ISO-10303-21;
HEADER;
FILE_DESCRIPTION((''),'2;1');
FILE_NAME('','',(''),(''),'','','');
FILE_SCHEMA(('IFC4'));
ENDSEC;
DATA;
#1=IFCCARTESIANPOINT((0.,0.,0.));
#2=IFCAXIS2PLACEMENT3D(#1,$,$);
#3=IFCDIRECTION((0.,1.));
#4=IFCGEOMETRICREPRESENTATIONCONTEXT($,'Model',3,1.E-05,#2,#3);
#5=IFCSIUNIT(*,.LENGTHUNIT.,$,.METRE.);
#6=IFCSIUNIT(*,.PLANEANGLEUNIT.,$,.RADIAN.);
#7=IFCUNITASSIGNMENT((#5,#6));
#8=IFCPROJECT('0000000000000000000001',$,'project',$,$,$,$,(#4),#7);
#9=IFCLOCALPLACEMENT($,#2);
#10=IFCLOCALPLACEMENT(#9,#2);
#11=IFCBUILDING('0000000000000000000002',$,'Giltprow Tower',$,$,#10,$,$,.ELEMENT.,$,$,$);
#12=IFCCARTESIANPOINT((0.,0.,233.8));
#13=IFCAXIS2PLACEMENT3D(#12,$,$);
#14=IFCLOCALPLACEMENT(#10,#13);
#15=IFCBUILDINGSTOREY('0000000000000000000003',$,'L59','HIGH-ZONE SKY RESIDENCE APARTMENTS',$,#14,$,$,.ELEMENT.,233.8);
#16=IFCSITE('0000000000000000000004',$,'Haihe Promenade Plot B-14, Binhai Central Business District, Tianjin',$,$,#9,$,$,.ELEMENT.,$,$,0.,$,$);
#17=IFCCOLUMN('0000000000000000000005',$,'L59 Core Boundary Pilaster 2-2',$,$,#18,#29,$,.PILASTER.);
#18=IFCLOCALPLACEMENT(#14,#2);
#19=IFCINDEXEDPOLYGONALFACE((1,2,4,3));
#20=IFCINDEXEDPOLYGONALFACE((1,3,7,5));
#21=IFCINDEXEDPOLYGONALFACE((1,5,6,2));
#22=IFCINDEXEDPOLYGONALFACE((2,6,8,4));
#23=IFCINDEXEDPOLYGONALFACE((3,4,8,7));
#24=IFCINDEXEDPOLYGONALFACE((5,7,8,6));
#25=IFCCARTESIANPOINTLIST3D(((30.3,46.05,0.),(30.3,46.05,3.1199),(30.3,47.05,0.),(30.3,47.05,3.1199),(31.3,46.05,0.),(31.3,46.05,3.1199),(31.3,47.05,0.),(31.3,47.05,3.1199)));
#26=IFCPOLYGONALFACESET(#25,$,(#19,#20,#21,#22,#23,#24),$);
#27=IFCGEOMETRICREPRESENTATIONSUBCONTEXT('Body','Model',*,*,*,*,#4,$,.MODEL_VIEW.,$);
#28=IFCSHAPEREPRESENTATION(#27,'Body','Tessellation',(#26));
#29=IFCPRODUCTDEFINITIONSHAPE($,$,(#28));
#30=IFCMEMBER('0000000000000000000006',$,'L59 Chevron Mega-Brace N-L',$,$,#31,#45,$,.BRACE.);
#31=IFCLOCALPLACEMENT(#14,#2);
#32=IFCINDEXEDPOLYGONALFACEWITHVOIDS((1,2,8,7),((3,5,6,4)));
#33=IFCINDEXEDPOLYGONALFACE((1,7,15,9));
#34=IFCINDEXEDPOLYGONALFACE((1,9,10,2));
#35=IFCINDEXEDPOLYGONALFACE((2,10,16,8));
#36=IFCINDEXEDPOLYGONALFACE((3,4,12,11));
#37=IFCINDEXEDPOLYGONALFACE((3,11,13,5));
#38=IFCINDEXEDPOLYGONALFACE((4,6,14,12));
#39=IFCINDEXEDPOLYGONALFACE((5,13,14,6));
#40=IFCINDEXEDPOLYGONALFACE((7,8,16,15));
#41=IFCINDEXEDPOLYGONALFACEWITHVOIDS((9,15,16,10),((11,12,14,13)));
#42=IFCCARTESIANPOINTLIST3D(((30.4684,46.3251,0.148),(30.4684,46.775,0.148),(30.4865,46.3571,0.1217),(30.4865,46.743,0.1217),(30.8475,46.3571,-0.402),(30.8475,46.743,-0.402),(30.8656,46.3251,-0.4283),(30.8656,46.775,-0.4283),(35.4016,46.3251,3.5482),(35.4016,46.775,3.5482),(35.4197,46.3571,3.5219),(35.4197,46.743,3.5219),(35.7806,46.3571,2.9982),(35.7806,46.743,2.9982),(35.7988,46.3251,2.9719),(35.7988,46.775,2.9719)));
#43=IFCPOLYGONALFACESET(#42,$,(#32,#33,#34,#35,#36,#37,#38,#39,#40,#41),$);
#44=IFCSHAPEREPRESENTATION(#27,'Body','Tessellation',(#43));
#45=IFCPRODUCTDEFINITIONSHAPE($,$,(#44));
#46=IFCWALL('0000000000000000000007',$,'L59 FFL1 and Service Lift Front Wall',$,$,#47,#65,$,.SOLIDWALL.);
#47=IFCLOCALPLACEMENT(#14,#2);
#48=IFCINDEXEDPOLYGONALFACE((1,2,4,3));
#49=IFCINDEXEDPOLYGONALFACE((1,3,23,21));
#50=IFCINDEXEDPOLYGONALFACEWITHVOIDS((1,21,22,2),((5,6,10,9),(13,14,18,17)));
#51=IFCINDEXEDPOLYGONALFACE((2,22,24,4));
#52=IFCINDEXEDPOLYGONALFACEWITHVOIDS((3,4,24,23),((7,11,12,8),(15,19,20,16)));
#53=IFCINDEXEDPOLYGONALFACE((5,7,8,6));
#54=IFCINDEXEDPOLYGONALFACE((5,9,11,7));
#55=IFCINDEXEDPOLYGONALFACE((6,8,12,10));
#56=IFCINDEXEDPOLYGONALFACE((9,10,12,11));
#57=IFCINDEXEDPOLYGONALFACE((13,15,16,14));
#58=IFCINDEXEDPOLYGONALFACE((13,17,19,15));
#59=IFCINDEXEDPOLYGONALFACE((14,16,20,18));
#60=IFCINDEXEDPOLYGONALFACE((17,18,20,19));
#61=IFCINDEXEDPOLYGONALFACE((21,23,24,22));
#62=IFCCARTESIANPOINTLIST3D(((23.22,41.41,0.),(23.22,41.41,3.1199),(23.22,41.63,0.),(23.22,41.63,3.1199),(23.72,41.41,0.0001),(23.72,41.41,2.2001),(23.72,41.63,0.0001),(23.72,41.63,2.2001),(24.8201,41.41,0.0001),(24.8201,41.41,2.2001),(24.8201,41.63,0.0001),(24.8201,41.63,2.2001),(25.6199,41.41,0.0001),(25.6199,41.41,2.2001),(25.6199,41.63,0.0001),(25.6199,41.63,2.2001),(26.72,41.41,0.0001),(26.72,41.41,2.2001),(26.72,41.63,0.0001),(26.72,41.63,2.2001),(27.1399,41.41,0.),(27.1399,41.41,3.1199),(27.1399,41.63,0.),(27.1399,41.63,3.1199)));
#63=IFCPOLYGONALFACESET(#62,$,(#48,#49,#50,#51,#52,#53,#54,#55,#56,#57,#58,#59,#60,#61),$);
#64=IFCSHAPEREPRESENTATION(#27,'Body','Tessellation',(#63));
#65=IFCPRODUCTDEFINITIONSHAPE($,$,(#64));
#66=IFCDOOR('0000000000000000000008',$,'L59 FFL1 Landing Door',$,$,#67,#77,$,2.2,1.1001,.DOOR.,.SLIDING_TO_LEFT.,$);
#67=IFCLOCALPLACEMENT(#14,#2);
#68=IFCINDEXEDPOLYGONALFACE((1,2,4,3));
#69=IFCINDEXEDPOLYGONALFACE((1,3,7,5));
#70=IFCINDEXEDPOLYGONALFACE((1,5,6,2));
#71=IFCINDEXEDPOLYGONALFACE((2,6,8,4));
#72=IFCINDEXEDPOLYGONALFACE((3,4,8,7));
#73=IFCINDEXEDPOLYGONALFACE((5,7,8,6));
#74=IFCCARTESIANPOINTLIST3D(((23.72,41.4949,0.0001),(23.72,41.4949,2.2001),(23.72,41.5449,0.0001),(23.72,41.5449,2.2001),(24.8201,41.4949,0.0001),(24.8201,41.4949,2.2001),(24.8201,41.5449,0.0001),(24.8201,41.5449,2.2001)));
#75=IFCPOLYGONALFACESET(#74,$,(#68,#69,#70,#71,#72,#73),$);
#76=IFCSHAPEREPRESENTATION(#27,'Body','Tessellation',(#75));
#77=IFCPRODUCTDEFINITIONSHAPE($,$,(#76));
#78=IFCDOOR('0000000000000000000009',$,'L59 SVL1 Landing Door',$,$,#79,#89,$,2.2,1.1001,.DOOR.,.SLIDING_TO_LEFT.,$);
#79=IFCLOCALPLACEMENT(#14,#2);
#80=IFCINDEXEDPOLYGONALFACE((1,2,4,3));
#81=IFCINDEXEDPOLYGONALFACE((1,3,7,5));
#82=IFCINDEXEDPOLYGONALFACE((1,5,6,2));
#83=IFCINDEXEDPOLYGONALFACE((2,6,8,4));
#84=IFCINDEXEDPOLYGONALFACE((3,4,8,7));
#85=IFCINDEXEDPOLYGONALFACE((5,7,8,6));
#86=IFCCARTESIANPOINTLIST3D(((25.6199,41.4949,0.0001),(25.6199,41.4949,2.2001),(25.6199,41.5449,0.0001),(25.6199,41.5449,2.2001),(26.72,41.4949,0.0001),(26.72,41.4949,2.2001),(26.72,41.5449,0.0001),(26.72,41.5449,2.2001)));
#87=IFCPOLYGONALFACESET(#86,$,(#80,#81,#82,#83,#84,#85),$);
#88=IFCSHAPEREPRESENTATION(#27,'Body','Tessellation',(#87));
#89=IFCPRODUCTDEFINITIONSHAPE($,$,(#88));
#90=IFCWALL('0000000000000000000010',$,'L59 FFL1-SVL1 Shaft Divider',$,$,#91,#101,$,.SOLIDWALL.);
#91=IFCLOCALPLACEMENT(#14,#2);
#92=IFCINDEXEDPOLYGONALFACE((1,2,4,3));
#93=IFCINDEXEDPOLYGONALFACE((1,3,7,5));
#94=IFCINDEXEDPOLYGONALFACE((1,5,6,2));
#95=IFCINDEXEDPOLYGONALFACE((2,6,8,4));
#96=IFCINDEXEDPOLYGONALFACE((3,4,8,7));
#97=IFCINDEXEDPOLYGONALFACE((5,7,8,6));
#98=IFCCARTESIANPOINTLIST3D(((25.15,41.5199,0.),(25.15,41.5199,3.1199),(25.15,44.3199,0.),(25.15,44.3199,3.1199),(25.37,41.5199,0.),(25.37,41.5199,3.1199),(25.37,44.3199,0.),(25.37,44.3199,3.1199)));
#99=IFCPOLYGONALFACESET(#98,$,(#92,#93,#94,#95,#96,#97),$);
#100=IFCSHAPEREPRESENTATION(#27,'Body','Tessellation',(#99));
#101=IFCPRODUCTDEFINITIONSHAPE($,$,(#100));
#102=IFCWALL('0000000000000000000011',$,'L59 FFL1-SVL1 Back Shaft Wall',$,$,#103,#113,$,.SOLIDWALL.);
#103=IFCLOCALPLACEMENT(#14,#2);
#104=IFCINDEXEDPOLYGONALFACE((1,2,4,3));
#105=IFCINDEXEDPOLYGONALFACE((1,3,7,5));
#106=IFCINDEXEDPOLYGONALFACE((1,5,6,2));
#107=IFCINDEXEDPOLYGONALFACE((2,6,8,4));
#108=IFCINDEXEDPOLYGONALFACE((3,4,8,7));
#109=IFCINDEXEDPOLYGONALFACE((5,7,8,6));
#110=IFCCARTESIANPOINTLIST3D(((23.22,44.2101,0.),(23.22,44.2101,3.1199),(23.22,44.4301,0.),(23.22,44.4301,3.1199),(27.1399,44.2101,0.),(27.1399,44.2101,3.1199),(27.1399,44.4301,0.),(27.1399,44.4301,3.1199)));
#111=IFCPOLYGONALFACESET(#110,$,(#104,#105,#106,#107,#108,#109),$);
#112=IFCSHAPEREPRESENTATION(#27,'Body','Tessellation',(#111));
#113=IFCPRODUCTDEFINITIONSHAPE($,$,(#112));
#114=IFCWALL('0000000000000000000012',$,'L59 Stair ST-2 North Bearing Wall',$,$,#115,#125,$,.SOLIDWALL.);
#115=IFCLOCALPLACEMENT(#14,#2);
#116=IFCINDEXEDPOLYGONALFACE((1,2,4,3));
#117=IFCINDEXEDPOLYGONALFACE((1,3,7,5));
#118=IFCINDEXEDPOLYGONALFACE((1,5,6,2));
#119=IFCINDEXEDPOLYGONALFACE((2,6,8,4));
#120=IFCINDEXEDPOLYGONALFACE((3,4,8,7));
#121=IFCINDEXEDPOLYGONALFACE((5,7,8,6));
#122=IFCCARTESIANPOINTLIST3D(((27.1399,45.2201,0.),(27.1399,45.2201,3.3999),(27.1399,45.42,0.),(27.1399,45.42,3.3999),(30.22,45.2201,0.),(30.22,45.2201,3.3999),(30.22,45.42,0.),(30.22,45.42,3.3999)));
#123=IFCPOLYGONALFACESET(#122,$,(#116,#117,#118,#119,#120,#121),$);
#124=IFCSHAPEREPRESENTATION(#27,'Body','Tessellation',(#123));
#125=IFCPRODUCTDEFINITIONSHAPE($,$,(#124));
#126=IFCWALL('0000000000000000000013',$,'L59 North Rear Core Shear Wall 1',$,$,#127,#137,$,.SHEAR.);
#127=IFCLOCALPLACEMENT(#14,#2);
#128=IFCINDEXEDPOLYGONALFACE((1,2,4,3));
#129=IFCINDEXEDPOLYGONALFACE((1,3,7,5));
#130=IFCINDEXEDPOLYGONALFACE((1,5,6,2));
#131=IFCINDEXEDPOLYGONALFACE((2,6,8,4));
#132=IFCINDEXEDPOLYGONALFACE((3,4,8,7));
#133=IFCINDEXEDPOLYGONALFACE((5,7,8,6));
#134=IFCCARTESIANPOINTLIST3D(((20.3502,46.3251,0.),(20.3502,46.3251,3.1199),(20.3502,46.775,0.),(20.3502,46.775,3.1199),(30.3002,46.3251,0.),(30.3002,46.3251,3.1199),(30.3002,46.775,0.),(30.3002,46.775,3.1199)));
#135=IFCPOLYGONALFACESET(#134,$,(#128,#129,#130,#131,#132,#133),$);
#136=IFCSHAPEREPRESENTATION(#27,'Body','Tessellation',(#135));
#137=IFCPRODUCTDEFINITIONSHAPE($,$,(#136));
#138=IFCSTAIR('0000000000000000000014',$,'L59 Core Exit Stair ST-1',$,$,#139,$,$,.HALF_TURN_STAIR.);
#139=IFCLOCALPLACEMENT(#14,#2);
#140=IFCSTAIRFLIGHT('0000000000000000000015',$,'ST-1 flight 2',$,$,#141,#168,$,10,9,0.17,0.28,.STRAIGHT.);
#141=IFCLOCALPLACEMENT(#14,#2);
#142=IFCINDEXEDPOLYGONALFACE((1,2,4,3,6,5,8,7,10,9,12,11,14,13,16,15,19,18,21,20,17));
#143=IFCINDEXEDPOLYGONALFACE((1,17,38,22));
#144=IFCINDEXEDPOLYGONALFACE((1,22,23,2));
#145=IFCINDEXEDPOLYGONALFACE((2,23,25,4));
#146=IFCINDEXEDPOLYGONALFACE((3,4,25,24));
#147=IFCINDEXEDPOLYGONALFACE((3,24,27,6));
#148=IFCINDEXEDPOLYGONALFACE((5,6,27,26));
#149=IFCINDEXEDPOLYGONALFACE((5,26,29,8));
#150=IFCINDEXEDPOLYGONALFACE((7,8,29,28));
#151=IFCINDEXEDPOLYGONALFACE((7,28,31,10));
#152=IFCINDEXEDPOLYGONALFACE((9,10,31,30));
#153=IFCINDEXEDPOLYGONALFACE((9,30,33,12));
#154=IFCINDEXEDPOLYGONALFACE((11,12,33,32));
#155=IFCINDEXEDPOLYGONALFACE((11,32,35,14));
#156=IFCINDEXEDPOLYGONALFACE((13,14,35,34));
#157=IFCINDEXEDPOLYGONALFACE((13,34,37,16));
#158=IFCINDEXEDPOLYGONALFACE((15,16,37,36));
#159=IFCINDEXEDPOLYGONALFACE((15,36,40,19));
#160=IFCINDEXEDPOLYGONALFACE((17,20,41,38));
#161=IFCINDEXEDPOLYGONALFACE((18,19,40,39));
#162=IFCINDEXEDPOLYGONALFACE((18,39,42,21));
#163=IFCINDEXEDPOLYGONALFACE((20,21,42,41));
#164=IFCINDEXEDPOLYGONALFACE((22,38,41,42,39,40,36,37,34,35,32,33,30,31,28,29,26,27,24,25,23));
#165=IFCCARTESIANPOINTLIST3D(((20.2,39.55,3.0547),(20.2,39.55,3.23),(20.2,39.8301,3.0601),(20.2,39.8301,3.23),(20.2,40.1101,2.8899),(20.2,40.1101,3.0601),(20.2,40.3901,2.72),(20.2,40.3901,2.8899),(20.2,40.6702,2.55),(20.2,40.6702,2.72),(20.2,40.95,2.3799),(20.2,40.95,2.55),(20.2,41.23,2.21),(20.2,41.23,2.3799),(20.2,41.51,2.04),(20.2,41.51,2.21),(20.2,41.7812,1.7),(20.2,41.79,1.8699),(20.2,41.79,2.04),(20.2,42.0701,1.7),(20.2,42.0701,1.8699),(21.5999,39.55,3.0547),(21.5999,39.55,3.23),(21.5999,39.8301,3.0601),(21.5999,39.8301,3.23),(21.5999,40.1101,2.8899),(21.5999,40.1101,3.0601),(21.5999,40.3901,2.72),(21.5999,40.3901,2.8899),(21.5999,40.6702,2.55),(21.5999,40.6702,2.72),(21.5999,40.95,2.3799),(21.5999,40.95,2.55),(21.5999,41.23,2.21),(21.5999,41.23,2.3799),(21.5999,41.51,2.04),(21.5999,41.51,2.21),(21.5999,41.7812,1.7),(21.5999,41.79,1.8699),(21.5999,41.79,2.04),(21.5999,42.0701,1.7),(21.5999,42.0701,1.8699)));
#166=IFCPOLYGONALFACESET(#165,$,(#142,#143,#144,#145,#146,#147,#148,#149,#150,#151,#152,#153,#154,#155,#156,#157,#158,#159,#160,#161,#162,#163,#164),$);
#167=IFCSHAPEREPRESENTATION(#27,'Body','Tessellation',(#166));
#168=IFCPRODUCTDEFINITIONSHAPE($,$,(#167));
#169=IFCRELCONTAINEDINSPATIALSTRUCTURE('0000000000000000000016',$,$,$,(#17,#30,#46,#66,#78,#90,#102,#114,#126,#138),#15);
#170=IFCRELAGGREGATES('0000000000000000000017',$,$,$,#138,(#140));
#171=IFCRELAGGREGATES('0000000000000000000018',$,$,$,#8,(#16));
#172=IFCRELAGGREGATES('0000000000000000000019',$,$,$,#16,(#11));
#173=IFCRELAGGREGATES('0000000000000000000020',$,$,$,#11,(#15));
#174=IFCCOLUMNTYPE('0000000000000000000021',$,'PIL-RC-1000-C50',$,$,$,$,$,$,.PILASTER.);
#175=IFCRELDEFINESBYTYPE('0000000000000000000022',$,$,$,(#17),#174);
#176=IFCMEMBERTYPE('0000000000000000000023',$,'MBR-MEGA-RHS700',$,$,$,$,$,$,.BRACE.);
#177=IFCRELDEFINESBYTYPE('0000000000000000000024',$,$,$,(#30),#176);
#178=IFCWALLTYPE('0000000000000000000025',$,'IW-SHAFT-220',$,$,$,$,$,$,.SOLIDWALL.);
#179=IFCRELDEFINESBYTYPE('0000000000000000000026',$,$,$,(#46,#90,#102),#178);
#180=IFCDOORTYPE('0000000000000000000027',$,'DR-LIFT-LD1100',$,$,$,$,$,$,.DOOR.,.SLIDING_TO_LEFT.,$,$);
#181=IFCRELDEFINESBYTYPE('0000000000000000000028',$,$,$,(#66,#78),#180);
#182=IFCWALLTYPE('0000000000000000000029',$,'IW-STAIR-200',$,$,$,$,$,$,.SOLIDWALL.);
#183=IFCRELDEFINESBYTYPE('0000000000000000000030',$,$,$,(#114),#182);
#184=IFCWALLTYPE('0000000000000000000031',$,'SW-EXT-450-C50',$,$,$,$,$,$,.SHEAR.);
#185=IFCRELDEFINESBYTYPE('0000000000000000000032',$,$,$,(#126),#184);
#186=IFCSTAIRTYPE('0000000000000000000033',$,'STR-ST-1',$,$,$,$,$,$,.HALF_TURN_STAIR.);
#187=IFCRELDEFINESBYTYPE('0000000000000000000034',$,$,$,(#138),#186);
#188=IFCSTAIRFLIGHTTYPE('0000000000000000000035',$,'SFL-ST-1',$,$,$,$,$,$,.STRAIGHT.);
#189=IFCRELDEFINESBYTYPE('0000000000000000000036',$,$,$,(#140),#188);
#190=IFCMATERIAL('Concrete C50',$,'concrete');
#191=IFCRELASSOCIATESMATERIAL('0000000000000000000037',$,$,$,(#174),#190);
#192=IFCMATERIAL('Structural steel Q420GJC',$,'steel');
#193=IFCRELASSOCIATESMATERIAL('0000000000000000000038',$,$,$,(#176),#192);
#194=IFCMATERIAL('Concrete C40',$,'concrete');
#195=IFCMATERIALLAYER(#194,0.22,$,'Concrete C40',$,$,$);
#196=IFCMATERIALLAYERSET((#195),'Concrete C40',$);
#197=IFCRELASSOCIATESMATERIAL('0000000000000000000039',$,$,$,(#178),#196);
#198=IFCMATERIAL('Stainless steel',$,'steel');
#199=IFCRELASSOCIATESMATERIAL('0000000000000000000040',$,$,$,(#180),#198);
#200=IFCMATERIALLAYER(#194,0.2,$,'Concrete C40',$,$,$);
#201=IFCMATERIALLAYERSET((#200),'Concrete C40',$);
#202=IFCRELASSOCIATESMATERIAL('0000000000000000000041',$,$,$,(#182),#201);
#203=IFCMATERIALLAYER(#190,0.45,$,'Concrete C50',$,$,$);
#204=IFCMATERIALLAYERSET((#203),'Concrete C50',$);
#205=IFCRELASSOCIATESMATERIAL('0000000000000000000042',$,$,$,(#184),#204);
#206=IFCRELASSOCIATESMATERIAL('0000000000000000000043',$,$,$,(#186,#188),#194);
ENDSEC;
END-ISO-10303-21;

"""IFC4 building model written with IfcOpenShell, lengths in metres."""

from ifc_helpers import new_model, si_unit, direction, frame, frame_2d, origin, origin_2d, place, context, subcontext, project, spatial, polyline, rectangle, hollow_rectangle, outline, extrude, source, transform, mapped, material, layer, layer_set, material_profile, profile_set, type_object, element, fill, aggregate, save


model = new_model("IFC4")

# Units and contexts
model_context = context("Model", 3, precision=1e-05, world=origin(), true_north=direction((0.0, 1.0)))
body_context = subcontext(model_context, "Body", "Model", "MODEL_VIEW")
ifc_project = project(units=[si_unit("LENGTHUNIT", "METRE"), si_unit("PLANEANGLEUNIT", "RADIAN")], contexts=[model_context])

# Site, building, storey
site_placement = place(None, origin())
site = spatial("IfcSite", under=ifc_project, at=site_placement, Name="Haihe Promenade Plot B-14, Binhai Central Business District, Tianjin", CompositionType="ELEMENT", RefElevation=0.0)
building_placement = place(site_placement, origin())
building = spatial("IfcBuilding", under=site, at=building_placement, Name="Giltprow Tower", CompositionType="ELEMENT")
storey_placement = place(building_placement, frame((0.0, 0.0, 233.8)))
storey = spatial("IfcBuildingStorey", under=building, at=storey_placement, Name="L59", Description="HIGH-ZONE SKY RESIDENCE APARTMENTS", CompositionType="ELEMENT", Elevation=233.8)

# Column
ifc_material_1 = material(Name="Concrete C50", Category="concrete")
ifc_material_profile_1 = material_profile(ifc_material_1, rectangle(XDim=1.0, YDim=1.0, at=origin_2d()), Name="RC 1000x1000")
ifc_profile_set_1 = profile_set([ifc_material_profile_1], Name="Concrete C50")
column_type = type_object("IfcColumnType", Name="PIL-RC-1000-C50", PredefinedType="PILASTER", material=ifc_profile_set_1)
shared_shape_1 = source(origin(), body_context, "Body", "SweptSolid", [
    extrude(rectangle(XDim=1.0, YDim=1.0, at=origin_2d()), origin(), (0.0, 0.0, 1.0), 3.1199),
])
column_placement = place(storey_placement, frame((30.8, 46.55, 0.0), z_axis=(0.0, 0.0, 1.0), x_axis=(1.0, 0.0, 0.0)))
element("IfcColumn", 1, at=column_placement, inside=storey, type_object=column_type, Name="L59 Core Boundary Pilaster 2-2", PredefinedType="PILASTER", context=body_context, shape_type="MappedRepresentation", body=[
    mapped(shared_shape_1, transform((0.0, 0.0, 0.0), x_axis=(1.0, 0.0, 0.0), y_axis=(0.0, 1.0, 0.0), z_axis=(0.0, 0.0, 1.0), scale=1.0)),
])

# Member
ifc_material_2 = material(Name="Structural steel Q420GJC", Category="steel")
ifc_material_profile_2 = material_profile(ifc_material_2, hollow_rectangle(XDim=0.45, YDim=0.7, WallThickness=0.032, at=origin_2d()), Name="RHS 700x450x32")
ifc_profile_set_2 = profile_set([ifc_material_profile_2], Name="Structural steel Q420GJC")
member_type = type_object("IfcMemberType", Name="MBR-MEGA-RHS700", PredefinedType="BRACE", material=ifc_profile_set_2)
shared_shape_2 = source(origin(), body_context, "Body", "SweptSolid", [
    extrude(hollow_rectangle(XDim=0.45, YDim=0.7, WallThickness=0.032, at=origin_2d()), origin(), (0.0, 0.0, 1.0), 5.9915),
])
member_placement = place(storey_placement, frame((30.667, 46.55, -0.1401), z_axis=(0.823368, 0.0, 0.567507), x_axis=(0.0, 1.0, 0.0)))
element("IfcMember", 2, at=member_placement, inside=storey, type_object=member_type, Name="L59 Chevron Mega-Brace N-L", PredefinedType="BRACE", context=body_context, shape_type="MappedRepresentation", body=[
    mapped(shared_shape_2, transform((0.0, 0.0, 0.0), x_axis=(1.0, 0.0, 0.0), y_axis=(0.0, 1.0, 0.0), z_axis=(0.0, 0.0, 1.0), scale=1.0)),
])

# Wall, openings, doors
ifc_material_3 = material(Name="Concrete C40", Category="concrete")
ifc_layer_1 = layer(ifc_material_3, 0.22, Name="Concrete C40")
ifc_layer_set_1 = layer_set([ifc_layer_1], Name="Concrete C40")
wall_type_1 = type_object("IfcWallType", Name="IW-SHAFT-220", PredefinedType="SOLIDWALL", material=ifc_layer_set_1)
wall_1_placement = place(storey_placement, frame((23.22, 41.52, 0.0), z_axis=(0.0, 0.0, 1.0), x_axis=(1.0, 0.0, 0.0)))
wall_1 = element("IfcWall", 3, at=wall_1_placement, inside=storey, type_object=wall_type_1, Name="L59 FFL1 and Service Lift Front Wall", PredefinedType="SOLIDWALL", context=body_context, shape_type="SweptSolid", body=[
    extrude(rectangle(XDim=3.9199, YDim=0.22, at=frame_2d((1.96, 0.0))), origin(), (0.0, 0.0, 1.0), 3.1199),
])
opening_1_placement = place(wall_1_placement, frame((0.5, 0.0, 0.0)))
opening_1 = element("IfcOpeningElement", 4, at=opening_1_placement, cuts=wall_1, PredefinedType="OPENING", context=body_context, shape_type="SweptSolid", body=[
    extrude(rectangle(XDim=1.1001, YDim=2.2, at=frame_2d((0.55, 1.1001))), frame((0.0, 0.1199, 0.0), z_axis=(0.0, -1.0, 0.0), x_axis=(1.0, 0.0, 0.0)), (0.0, 0.0, 1.0), 0.24),
])
opening_2_placement = place(wall_1_placement, frame((2.3999, 0.0, 0.0)))
opening_2 = element("IfcOpeningElement", 5, at=opening_2_placement, cuts=wall_1, PredefinedType="OPENING", context=body_context, shape_type="SweptSolid", body=[
    extrude(rectangle(XDim=1.1001, YDim=2.2, at=frame_2d((0.55, 1.1001))), frame((0.0, 0.1199, 0.0), z_axis=(0.0, -1.0, 0.0), x_axis=(1.0, 0.0, 0.0)), (0.0, 0.0, 1.0), 0.24),
])
ifc_material_4 = material(Name="Stainless steel", Category="steel")
door_type = type_object("IfcDoorType", Name="DR-LIFT-LD1100", OperationType="SLIDING_TO_LEFT", PredefinedType="DOOR", material=ifc_material_4)
shared_shape_3 = source(origin(), body_context, "Body", "SweptSolid", [
    extrude(rectangle(XDim=1.1001, YDim=2.2, at=frame_2d((0.55, 1.1001))), frame((0.0, 0.0249, 0.0), z_axis=(0.0, -1.0, 0.0), x_axis=(1.0, 0.0, 0.0)), (0.0, 0.0, 1.0), 0.05),
])
door_1_placement = place(opening_1_placement, origin())
door_1 = element("IfcDoor", 6, at=door_1_placement, inside=storey, type_object=door_type, Name="L59 FFL1 Landing Door", OperationType="SLIDING_TO_LEFT", OverallHeight=2.2, OverallWidth=1.1001, PredefinedType="DOOR", context=body_context, shape_type="MappedRepresentation", body=[
    mapped(shared_shape_3, transform((0.0, 0.0, 0.0), x_axis=(1.0, 0.0, 0.0), y_axis=(0.0, 1.0, 0.0), z_axis=(0.0, 0.0, 1.0), scale=1.0)),
])
fill(opening_1, door_1)
door_2_placement = place(opening_2_placement, origin())
door_2 = element("IfcDoor", 7, at=door_2_placement, inside=storey, type_object=door_type, Name="L59 SVL1 Landing Door", OperationType="SLIDING_TO_LEFT", OverallHeight=2.2, OverallWidth=1.1001, PredefinedType="DOOR", context=body_context, shape_type="MappedRepresentation", body=[
    mapped(shared_shape_3, transform((0.0, 0.0, 0.0), x_axis=(1.0, 0.0, 0.0), y_axis=(0.0, 1.0, 0.0), z_axis=(0.0, 0.0, 1.0), scale=1.0)),
])
fill(opening_2, door_2)

# Walls
wall_2_placement = place(storey_placement, frame((25.26, 41.52, 0.0), z_axis=(0.0, 0.0, 1.0), x_axis=(0.0, 1.0, 0.0)))
element("IfcWall", 8, at=wall_2_placement, inside=storey, type_object=wall_type_1, Name="L59 FFL1-SVL1 Shaft Divider", PredefinedType="SOLIDWALL", context=body_context, shape_type="SweptSolid", body=[
    extrude(rectangle(XDim=2.8, YDim=0.22, at=frame_2d((1.3999, 0.0))), origin(), (0.0, 0.0, 1.0), 3.1199),
])
wall_3_placement = place(storey_placement, frame((23.22, 44.3201, 0.0), z_axis=(0.0, 0.0, 1.0), x_axis=(1.0, 0.0, 0.0)))
element("IfcWall", 9, at=wall_3_placement, inside=storey, type_object=wall_type_1, Name="L59 FFL1-SVL1 Back Shaft Wall", PredefinedType="SOLIDWALL", context=body_context, shape_type="SweptSolid", body=[
    extrude(rectangle(XDim=3.9199, YDim=0.22, at=frame_2d((1.96, 0.0))), origin(), (0.0, 0.0, 1.0), 3.1199),
])
ifc_layer_2 = layer(ifc_material_3, 0.2, Name="Concrete C40")
ifc_layer_set_2 = layer_set([ifc_layer_2], Name="Concrete C40")
wall_type_2 = type_object("IfcWallType", Name="IW-STAIR-200", PredefinedType="SOLIDWALL", material=ifc_layer_set_2)
wall_4_placement = place(storey_placement, frame((27.1399, 45.3201, 0.0), z_axis=(0.0, 0.0, 1.0), x_axis=(1.0, 0.0, 0.0)))
element("IfcWall", 10, at=wall_4_placement, inside=storey, type_object=wall_type_2, Name="L59 Stair ST-2 North Bearing Wall", PredefinedType="SOLIDWALL", context=body_context, shape_type="SweptSolid", body=[
    extrude(rectangle(XDim=3.0801, YDim=0.2, at=frame_2d((1.54, 0.0))), origin(), (0.0, 0.0, 1.0), 3.3999),
])
ifc_layer_3 = layer(ifc_material_1, 0.45, Name="Concrete C50")
ifc_layer_set_3 = layer_set([ifc_layer_3], Name="Concrete C50")
wall_type_3 = type_object("IfcWallType", Name="SW-EXT-450-C50", PredefinedType="SHEAR", material=ifc_layer_set_3)
wall_5_placement = place(storey_placement, frame((20.3501, 46.55, 0.0), z_axis=(0.0, 0.0, 1.0), x_axis=(1.0, 0.0, 0.0)))
element("IfcWall", 11, at=wall_5_placement, inside=storey, type_object=wall_type_3, Name="L59 North Rear Core Shear Wall 1", PredefinedType="SHEAR", context=body_context, shape_type="SweptSolid", body=[
    extrude(rectangle(XDim=9.95, YDim=0.45, at=frame_2d((4.9751, 0.0))), origin(), (0.0, 0.0, 1.0), 3.1199),
])

# Stair, stair flight
stair_type_1 = type_object("IfcStairType", Name="STR-ST-1", PredefinedType="HALF_TURN_STAIR", material=ifc_material_3)
stair_1_placement = place(storey_placement, origin())
stair_1 = element("IfcStair", 12, at=stair_1_placement, inside=storey, type_object=stair_type_1, Name="L59 Core Exit Stair ST-1", PredefinedType="HALF_TURN_STAIR")
stair_flight_type_1 = type_object("IfcStairFlightType", Name="SFL-ST-1", PredefinedType="STRAIGHT", material=ifc_material_3)
stair_flight_1_placement = place(storey_placement, frame((20.8999, 42.0701, 1.7), z_axis=(0.0, 0.0, 1.0), x_axis=(0.0, -1.0, 0.0)))
stair_flight_1 = element("IfcStairFlight", 13, at=stair_flight_1_placement, type_object=stair_flight_type_1, Name="ST-1 flight 2", NumberOfRisers=10, NumberOfTreads=9, PredefinedType="STRAIGHT", RiserHeight=0.17, TreadLength=0.28, context=body_context, shape_type="SweptSolid", body=[
    extrude(outline(polyline([(0.0, 0.0), (0.0, 0.1699), (0.28, 0.1699), (0.28, 0.3401), (0.5601, 0.3401), (0.5601, 0.51), (0.8401, 0.51), (0.8401, 0.6799), (1.1201, 0.6799), (1.1201, 0.8501), (1.3999, 0.8501), (1.3999, 1.02), (1.6799, 1.02), (1.6799, 1.1899), (1.96, 1.1899), (1.96, 1.3601), (2.24, 1.3601), (2.24, 1.53), (2.52, 1.53), (2.52, 1.7), (2.52, 1.3547), (0.2888, 0.0), (0.0, 0.0)])), frame((0.0, 0.7, 0.0), z_axis=(0.0, -1.0, 0.0), x_axis=(1.0, 0.0, 0.0)), (0.0, 0.0, 1.0), 1.3999),
])
aggregate(stair_1, [stair_flight_1])

save(model, "model.ifc")
